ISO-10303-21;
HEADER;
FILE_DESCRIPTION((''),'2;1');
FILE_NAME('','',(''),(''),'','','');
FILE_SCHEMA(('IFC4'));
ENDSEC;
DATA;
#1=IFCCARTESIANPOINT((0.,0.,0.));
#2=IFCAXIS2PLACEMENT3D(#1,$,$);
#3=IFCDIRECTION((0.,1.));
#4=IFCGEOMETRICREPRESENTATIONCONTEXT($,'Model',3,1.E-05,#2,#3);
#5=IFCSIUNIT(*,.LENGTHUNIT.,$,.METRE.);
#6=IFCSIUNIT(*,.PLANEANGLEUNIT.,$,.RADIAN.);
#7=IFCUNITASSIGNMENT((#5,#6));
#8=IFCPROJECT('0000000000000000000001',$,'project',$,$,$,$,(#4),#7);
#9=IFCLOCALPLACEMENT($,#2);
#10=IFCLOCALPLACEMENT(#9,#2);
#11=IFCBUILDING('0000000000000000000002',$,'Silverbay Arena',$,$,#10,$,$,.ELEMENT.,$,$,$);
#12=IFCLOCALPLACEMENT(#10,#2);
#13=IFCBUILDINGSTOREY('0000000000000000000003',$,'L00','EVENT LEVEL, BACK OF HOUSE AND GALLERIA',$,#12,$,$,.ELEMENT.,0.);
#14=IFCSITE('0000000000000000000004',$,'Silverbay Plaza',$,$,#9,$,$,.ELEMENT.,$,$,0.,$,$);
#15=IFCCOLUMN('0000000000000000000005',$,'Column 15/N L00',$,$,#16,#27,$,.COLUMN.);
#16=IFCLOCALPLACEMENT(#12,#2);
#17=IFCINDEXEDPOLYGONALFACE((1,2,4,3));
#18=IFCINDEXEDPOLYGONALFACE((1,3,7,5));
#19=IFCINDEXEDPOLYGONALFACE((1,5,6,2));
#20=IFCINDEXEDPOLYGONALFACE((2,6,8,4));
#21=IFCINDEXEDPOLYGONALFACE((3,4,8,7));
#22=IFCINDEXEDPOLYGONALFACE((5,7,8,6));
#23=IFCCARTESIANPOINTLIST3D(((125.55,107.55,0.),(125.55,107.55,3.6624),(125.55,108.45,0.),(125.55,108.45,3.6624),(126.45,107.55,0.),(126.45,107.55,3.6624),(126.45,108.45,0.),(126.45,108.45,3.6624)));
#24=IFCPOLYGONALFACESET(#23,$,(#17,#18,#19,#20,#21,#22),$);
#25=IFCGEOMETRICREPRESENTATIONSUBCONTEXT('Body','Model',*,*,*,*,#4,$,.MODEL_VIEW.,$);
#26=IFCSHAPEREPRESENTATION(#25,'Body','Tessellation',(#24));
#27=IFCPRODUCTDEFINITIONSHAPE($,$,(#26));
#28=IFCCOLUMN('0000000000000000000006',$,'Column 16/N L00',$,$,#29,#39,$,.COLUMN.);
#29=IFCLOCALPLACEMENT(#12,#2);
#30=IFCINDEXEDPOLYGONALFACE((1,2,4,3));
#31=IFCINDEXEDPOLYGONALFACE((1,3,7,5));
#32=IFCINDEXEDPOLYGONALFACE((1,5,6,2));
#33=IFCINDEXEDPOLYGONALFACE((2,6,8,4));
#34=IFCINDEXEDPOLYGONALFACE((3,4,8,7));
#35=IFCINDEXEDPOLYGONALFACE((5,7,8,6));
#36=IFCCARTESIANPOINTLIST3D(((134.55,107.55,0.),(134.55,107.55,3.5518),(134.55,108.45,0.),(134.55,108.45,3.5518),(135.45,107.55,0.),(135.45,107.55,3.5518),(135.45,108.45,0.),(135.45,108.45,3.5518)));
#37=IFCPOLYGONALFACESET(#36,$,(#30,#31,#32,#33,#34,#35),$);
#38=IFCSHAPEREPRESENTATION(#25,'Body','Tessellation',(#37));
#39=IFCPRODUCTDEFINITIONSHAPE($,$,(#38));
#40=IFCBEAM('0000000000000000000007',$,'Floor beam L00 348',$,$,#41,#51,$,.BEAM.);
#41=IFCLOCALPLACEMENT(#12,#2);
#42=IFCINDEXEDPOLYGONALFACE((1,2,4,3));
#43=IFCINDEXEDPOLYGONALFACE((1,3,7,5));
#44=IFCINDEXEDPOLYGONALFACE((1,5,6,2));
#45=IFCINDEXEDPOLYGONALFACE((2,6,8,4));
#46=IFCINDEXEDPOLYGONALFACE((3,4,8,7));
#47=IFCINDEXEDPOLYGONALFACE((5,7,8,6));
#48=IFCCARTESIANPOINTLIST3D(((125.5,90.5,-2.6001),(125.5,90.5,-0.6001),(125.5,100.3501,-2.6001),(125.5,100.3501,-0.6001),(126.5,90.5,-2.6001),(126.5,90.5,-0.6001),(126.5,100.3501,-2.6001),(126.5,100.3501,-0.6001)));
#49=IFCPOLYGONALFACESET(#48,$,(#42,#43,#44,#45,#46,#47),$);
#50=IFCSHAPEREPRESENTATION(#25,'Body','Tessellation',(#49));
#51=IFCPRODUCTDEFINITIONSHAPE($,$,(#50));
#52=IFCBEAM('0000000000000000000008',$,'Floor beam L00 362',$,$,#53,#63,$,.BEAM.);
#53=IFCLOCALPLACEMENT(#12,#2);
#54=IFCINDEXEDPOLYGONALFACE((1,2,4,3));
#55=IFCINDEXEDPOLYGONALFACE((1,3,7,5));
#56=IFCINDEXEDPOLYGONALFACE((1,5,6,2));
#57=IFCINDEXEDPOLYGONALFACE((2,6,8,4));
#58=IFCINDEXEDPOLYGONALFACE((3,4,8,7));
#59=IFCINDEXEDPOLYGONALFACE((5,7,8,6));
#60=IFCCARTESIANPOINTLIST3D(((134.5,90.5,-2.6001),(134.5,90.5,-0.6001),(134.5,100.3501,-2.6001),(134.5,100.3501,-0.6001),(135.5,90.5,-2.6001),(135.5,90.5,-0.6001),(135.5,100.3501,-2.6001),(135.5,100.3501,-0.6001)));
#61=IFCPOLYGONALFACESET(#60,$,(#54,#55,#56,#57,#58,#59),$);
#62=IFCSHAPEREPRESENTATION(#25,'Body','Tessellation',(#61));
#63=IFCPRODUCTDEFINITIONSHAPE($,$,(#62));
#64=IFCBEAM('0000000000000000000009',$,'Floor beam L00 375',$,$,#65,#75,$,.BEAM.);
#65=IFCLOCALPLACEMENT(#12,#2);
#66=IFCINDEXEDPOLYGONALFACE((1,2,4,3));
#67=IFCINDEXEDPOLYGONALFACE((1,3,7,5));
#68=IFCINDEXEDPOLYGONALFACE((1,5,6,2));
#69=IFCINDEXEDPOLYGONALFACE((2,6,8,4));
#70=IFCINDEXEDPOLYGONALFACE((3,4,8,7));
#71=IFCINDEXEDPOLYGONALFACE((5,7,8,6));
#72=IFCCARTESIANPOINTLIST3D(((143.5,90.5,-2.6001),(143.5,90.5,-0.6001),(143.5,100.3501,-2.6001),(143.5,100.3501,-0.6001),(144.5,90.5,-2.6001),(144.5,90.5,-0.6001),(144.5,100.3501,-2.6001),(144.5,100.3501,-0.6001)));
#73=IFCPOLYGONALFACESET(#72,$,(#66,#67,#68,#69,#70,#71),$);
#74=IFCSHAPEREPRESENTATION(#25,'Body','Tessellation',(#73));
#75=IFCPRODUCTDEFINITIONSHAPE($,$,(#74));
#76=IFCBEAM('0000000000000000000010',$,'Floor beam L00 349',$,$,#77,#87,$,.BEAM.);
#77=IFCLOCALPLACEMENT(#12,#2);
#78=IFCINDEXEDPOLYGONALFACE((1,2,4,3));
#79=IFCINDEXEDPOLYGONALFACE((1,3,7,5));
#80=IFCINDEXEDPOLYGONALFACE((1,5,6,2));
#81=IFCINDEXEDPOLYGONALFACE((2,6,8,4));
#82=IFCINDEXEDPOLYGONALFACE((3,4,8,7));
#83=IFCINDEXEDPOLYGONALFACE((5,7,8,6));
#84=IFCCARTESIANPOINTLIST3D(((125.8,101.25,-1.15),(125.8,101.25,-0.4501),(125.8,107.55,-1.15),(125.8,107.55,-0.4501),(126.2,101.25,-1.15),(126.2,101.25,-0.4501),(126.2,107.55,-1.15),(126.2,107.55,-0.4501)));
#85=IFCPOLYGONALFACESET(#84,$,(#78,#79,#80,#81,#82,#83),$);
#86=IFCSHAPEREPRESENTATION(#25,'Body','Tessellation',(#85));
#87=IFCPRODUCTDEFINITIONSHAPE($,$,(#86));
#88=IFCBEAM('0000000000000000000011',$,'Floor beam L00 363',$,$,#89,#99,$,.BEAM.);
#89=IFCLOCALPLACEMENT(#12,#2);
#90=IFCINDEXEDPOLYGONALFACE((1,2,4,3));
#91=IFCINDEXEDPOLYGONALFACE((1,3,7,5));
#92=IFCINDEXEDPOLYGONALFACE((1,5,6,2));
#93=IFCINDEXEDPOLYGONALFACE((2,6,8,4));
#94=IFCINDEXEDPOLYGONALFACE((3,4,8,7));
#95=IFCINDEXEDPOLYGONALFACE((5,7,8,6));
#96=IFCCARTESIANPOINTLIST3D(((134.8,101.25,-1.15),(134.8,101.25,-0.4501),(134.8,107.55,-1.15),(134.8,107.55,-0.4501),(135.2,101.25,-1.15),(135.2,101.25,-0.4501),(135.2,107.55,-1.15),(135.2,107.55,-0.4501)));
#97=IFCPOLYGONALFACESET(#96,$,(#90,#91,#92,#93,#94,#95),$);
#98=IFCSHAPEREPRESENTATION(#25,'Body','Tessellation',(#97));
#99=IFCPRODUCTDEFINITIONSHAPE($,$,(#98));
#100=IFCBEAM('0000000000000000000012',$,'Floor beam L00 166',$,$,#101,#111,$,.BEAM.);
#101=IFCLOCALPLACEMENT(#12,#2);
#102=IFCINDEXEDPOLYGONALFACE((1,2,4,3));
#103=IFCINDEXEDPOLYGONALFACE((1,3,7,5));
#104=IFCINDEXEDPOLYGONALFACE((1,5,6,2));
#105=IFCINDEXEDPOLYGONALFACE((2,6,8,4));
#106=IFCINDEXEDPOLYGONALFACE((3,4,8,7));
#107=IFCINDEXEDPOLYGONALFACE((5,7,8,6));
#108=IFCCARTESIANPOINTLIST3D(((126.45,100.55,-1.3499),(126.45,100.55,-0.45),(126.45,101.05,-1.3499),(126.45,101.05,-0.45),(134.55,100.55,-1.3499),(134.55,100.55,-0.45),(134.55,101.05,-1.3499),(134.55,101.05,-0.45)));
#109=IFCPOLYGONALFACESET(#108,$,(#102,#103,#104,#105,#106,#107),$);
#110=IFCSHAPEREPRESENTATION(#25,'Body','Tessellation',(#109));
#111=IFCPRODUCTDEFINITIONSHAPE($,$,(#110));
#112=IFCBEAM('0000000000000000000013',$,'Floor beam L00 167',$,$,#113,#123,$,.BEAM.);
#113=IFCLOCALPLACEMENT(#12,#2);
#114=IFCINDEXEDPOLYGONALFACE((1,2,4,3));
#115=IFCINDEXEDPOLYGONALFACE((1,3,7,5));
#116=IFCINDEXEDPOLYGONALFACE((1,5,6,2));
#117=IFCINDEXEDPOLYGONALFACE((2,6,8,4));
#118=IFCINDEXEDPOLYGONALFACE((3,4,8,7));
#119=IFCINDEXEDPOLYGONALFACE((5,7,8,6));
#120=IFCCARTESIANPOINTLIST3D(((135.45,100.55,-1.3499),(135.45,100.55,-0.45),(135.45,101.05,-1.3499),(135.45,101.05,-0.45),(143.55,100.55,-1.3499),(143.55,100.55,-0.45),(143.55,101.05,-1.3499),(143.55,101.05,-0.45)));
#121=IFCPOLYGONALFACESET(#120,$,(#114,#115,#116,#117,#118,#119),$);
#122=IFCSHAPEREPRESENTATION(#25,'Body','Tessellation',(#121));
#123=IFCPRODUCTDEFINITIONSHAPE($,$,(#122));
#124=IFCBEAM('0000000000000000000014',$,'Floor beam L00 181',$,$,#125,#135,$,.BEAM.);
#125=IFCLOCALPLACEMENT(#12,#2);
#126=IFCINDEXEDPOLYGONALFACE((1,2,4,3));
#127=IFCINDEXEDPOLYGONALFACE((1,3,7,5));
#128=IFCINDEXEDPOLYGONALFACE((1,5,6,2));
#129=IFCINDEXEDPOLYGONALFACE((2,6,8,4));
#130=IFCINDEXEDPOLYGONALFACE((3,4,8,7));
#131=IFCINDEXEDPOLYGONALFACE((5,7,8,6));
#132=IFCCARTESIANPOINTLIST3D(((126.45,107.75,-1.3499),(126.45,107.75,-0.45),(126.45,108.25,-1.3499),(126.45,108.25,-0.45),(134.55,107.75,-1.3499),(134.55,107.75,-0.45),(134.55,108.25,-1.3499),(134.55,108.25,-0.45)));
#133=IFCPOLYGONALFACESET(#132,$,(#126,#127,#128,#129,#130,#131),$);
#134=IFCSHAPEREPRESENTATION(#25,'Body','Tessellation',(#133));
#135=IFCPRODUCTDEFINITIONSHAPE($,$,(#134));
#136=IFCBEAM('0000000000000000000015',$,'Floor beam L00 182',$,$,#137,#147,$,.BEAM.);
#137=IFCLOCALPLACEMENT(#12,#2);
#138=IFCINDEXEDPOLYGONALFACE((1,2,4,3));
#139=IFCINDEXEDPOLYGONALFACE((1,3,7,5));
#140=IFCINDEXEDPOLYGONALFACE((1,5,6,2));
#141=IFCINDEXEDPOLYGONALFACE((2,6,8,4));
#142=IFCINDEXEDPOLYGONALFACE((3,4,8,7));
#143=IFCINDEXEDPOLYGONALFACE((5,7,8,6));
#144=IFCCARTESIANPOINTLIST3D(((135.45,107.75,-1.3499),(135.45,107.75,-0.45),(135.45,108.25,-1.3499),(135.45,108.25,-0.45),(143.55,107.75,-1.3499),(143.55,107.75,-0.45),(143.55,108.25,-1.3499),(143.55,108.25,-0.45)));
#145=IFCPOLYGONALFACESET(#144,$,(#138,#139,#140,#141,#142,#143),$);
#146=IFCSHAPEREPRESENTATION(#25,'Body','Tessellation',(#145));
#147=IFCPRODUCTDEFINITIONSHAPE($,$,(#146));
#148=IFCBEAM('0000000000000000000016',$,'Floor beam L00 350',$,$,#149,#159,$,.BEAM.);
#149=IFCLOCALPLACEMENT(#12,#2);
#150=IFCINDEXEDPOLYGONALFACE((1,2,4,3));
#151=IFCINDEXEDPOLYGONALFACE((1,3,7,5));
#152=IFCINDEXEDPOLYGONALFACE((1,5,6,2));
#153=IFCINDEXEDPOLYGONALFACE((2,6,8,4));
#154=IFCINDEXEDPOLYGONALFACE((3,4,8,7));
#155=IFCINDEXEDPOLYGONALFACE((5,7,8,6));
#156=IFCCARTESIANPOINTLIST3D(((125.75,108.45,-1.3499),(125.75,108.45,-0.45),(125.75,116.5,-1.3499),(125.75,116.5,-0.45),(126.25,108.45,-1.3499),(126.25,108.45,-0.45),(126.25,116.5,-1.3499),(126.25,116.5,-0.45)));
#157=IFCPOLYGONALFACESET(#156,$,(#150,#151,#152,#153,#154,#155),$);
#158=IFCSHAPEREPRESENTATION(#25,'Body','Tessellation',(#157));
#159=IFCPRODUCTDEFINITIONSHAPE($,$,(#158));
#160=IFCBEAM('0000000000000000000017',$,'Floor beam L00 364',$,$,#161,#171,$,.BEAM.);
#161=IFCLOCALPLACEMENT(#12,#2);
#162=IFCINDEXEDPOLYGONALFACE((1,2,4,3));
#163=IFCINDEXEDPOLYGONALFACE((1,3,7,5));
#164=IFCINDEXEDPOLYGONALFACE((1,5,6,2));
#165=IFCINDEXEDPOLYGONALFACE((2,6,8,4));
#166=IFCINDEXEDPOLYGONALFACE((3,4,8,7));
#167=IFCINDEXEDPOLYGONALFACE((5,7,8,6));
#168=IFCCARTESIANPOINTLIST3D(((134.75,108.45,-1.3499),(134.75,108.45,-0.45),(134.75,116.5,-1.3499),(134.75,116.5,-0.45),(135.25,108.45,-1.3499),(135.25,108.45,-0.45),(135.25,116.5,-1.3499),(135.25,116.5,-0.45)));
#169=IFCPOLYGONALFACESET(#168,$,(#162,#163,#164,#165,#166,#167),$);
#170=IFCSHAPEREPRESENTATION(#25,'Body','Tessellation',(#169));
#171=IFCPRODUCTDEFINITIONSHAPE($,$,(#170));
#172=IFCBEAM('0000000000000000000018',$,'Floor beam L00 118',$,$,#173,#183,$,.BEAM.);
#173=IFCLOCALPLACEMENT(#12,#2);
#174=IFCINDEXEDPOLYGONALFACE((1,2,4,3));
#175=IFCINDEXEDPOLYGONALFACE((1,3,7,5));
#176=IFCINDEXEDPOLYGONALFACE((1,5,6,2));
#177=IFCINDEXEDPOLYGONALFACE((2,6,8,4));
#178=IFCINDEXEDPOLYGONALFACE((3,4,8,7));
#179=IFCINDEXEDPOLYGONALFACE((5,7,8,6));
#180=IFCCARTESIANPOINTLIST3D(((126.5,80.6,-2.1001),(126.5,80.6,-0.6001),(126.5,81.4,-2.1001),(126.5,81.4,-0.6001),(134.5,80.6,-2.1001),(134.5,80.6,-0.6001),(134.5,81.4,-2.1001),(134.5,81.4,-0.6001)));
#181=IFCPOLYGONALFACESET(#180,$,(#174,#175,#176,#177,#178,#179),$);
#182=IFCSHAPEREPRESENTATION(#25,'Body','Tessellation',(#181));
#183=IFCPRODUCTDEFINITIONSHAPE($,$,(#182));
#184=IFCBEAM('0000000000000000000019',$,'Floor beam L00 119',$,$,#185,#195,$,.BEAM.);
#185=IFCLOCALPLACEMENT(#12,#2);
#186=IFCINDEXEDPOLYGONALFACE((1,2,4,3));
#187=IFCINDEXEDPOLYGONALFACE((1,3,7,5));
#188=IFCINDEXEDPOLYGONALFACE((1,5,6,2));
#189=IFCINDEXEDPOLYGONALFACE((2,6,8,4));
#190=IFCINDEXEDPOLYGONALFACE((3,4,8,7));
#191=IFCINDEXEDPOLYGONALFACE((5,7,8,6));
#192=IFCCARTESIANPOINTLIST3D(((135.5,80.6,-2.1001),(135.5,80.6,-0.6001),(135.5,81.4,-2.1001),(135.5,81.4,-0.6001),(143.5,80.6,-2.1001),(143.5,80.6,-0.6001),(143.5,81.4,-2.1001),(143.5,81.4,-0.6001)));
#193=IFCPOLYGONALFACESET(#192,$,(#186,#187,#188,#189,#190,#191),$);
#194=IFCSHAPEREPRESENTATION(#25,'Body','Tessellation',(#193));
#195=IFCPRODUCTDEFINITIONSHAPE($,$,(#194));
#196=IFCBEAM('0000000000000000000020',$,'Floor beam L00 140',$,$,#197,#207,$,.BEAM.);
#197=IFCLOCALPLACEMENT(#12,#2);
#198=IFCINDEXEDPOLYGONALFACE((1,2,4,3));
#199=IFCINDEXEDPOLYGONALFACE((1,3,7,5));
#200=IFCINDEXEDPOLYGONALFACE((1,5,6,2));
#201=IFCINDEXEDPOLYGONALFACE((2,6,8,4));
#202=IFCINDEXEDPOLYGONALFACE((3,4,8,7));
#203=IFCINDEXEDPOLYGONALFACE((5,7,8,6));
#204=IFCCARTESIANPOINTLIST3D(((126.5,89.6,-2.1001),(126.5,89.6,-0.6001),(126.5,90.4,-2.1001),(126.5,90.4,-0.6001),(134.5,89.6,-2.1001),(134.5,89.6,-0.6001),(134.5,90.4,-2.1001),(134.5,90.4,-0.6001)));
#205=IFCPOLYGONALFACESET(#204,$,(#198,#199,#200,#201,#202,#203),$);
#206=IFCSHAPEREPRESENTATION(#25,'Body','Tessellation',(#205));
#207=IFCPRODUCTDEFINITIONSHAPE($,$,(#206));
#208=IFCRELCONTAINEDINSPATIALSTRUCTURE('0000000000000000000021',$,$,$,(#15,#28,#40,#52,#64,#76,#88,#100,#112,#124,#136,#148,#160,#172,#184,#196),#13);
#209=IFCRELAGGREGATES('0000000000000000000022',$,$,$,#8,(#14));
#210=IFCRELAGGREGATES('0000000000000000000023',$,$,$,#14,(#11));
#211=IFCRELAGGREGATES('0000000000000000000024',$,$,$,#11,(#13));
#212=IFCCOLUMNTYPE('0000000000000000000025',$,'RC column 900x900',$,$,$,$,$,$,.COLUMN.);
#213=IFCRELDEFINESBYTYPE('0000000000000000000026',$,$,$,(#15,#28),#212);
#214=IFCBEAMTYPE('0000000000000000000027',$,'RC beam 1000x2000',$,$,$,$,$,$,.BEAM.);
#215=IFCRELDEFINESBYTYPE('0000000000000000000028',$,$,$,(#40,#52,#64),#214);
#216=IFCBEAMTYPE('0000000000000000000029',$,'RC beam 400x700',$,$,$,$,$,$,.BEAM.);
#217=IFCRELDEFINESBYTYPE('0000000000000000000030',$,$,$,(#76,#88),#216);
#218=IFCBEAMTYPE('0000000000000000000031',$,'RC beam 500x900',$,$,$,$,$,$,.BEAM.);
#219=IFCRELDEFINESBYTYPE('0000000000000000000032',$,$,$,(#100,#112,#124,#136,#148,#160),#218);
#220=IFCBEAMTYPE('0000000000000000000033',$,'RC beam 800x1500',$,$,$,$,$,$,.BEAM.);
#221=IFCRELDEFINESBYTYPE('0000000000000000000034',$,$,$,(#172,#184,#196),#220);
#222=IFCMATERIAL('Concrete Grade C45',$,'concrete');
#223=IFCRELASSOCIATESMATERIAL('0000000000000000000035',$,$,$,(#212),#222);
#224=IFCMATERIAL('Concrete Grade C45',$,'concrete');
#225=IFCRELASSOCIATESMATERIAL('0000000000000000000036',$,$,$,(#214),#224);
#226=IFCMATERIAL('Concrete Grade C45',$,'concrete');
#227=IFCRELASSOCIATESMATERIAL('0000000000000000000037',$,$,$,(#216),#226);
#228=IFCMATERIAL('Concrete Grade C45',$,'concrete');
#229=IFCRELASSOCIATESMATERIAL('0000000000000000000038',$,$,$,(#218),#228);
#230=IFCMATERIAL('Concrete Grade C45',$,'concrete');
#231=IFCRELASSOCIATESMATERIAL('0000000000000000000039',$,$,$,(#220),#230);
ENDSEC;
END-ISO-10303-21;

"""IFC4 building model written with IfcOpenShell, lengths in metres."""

from ifc_helpers import new_model, si_unit, direction, frame, origin, origin_2d, place, context, subcontext, project, spatial, rectangle, extrude, material, material_profile, profile_set, type_object, element, save


model = new_model("IFC4")

# Units and contexts
model_context = context("Model", 3, precision=1e-05, world=origin(), true_north=direction((0.0, 1.0)))
body_context = subcontext(model_context, "Body", "Model", "MODEL_VIEW")
ifc_project = project(units=[si_unit("LENGTHUNIT", "METRE"), si_unit("PLANEANGLEUNIT", "RADIAN")], contexts=[model_context])

# Site, building, storey
site_placement = place(None, origin())
site = spatial("IfcSite", under=ifc_project, at=site_placement, Name="Silverbay Plaza", CompositionType="ELEMENT", RefElevation=0.0)
building_placement = place(site_placement, origin())
building = spatial("IfcBuilding", under=site, at=building_placement, Name="Silverbay Arena", CompositionType="ELEMENT")
storey_placement = place(building_placement, origin())
storey = spatial("IfcBuildingStorey", under=building, at=storey_placement, Name="L00", Description="EVENT LEVEL, BACK OF HOUSE AND GALLERIA", CompositionType="ELEMENT", Elevation=0.0)

# Columns
ifc_material_1 = material(Name="Concrete Grade C45", Category="concrete")
ifc_material_profile_1 = material_profile(ifc_material_1, rectangle(XDim=0.8999, YDim=0.8999, at=origin_2d()), Name="RC 900x900")
ifc_profile_set_1 = profile_set([ifc_material_profile_1], Name="Concrete Grade C45")
column_type = type_object("IfcColumnType", Name="RC column 900x900", PredefinedType="COLUMN", material=ifc_profile_set_1)
column_1_placement = place(storey_placement, frame((126.0, 108.0, 0.0), z_axis=(0.0, 0.0, 1.0), x_axis=(1.0, 0.0, 0.0)))
element("IfcColumn", 1, at=column_1_placement, inside=storey, type_object=column_type, Name="Column 15/N L00", PredefinedType="COLUMN", context=body_context, shape_type="SweptSolid", body=[
    extrude(rectangle(XDim=0.8999, YDim=0.8999, at=origin_2d()), origin(), (0.0, 0.0, 1.0), 3.6624),
])
column_2_placement = place(storey_placement, frame((135.0, 108.0, 0.0), z_axis=(0.0, 0.0, 1.0), x_axis=(1.0, 0.0, 0.0)))
element("IfcColumn", 2, at=column_2_placement, inside=storey, type_object=column_type, Name="Column 16/N L00", PredefinedType="COLUMN", context=body_context, shape_type="SweptSolid", body=[
    extrude(rectangle(XDim=0.8999, YDim=0.8999, at=origin_2d()), origin(), (0.0, 0.0, 1.0), 3.5518),
])

# Beams
ifc_material_2 = material(Name="Concrete Grade C45", Category="concrete")
ifc_material_profile_2 = material_profile(ifc_material_2, rectangle(XDim=1.0, YDim=2.0, at=origin_2d()), Name="RC 1000x2000")
ifc_profile_set_2 = profile_set([ifc_material_profile_2], Name="Concrete Grade C45")
beam_type_1 = type_object("IfcBeamType", Name="RC beam 1000x2000", PredefinedType="BEAM", material=ifc_profile_set_2)
for number, where, z_axis, x_axis, name in (
    (3, (126.0, 90.5, -1.6001), (0.0, 1.0, 0.0), (-1.0, 0.0, 0.0), "Floor beam L00 348"),
    (4, (135.0, 90.5, -1.6001), (0.0, 1.0, 0.0), (-1.0, 0.0, 0.0), "Floor beam L00 362"),
    (5, (144.0, 90.5, -1.6001), (0.0, 1.0, 0.0), (-1.0, 0.0, 0.0), "Floor beam L00 375"),
):
    element("IfcBeam", number, at=place(storey_placement, frame(where, z_axis=z_axis, x_axis=x_axis)), inside=storey, type_object=beam_type_1, Name=name, PredefinedType="BEAM", context=body_context, shape_type="SweptSolid", body=[
        extrude(rectangle(XDim=1.0, YDim=2.0, at=origin_2d()), origin(), (0.0, 0.0, 1.0), 9.8501),
    ])
ifc_material_3 = material(Name="Concrete Grade C45", Category="concrete")
ifc_material_profile_3 = material_profile(ifc_material_3, rectangle(XDim=0.3999, YDim=0.7, at=origin_2d()), Name="RC 400x700")
ifc_profile_set_3 = profile_set([ifc_material_profile_3], Name="Concrete Grade C45")
beam_type_2 = type_object("IfcBeamType", Name="RC beam 400x700", PredefinedType="BEAM", material=ifc_profile_set_3)
for number, where, z_axis, x_axis, name in (
    (6, (126.0, 101.25, -0.8), (0.0, 1.0, 0.0), (-1.0, 0.0, 0.0), "Floor beam L00 349"),
    (7, (135.0, 101.25, -0.8), (0.0, 1.0, 0.0), (-1.0, 0.0, 0.0), "Floor beam L00 363"),
):
    element("IfcBeam", number, at=place(storey_placement, frame(where, z_axis=z_axis, x_axis=x_axis)), inside=storey, type_object=beam_type_2, Name=name, PredefinedType="BEAM", context=body_context, shape_type="SweptSolid", body=[
        extrude(rectangle(XDim=0.3999, YDim=0.7, at=origin_2d()), origin(), (0.0, 0.0, 1.0), 6.3),
    ])
ifc_material_4 = material(Name="Concrete Grade C45", Category="concrete")
ifc_material_profile_4 = material_profile(ifc_material_4, rectangle(XDim=0.5, YDim=0.8999, at=origin_2d()), Name="RC 500x900")
ifc_profile_set_4 = profile_set([ifc_material_profile_4], Name="Concrete Grade C45")
beam_type_3 = type_object("IfcBeamType", Name="RC beam 500x900", PredefinedType="BEAM", material=ifc_profile_set_4)
for number, where, z_axis, x_axis, name in (
    (8, (126.45, 100.8, -0.8999), (1.0, 0.0, 0.0), (0.0, 1.0, 0.0), "Floor beam L00 166"),
    (9, (135.45, 100.8, -0.8999), (1.0, 0.0, 0.0), (0.0, 1.0, 0.0), "Floor beam L00 167"),
    (10, (126.45, 108.0, -0.8999), (1.0, 0.0, 0.0), (0.0, 1.0, 0.0), "Floor beam L00 181"),
    (11, (135.45, 108.0, -0.8999), (1.0, 0.0, 0.0), (0.0, 1.0, 0.0), "Floor beam L00 182"),
):
    element("IfcBeam", number, at=place(storey_placement, frame(where, z_axis=z_axis, x_axis=x_axis)), inside=storey, type_object=beam_type_3, Name=name, PredefinedType="BEAM", context=body_context, shape_type="SweptSolid", body=[
        extrude(rectangle(XDim=0.5, YDim=0.8999, at=origin_2d()), origin(), (0.0, 0.0, 1.0), 8.1001),
    ])
for number, where, z_axis, x_axis, name in (
    (12, (126.0, 108.45, -0.8999), (0.0, 1.0, 0.0), (-1.0, 0.0, 0.0), "Floor beam L00 350"),
    (13, (135.0, 108.45, -0.8999), (0.0, 1.0, 0.0), (-1.0, 0.0, 0.0), "Floor beam L00 364"),
):
    element("IfcBeam", number, at=place(storey_placement, frame(where, z_axis=z_axis, x_axis=x_axis)), inside=storey, type_object=beam_type_3, Name=name, PredefinedType="BEAM", context=body_context, shape_type="SweptSolid", body=[
        extrude(rectangle(XDim=0.5, YDim=0.8999, at=origin_2d()), origin(), (0.0, 0.0, 1.0), 8.05),
    ])
ifc_material_5 = material(Name="Concrete Grade C45", Category="concrete")
ifc_material_profile_5 = material_profile(ifc_material_5, rectangle(XDim=0.8, YDim=1.5, at=origin_2d()), Name="RC 800x1500")
ifc_profile_set_5 = profile_set([ifc_material_profile_5], Name="Concrete Grade C45")
beam_type_4 = type_object("IfcBeamType", Name="RC beam 800x1500", PredefinedType="BEAM", material=ifc_profile_set_5)
for number, where, z_axis, x_axis, name in (
    (14, (126.5, 81.0, -1.3501), (1.0, 0.0, 0.0), (0.0, 1.0, 0.0), "Floor beam L00 118"),
    (15, (135.5, 81.0, -1.3501), (1.0, 0.0, 0.0), (0.0, 1.0, 0.0), "Floor beam L00 119"),
    (16, (126.5, 90.0, -1.3501), (1.0, 0.0, 0.0), (0.0, 1.0, 0.0), "Floor beam L00 140"),
):
    element("IfcBeam", number, at=place(storey_placement, frame(where, z_axis=z_axis, x_axis=x_axis)), inside=storey, type_object=beam_type_4, Name=name, PredefinedType="BEAM", context=body_context, shape_type="SweptSolid", body=[
        extrude(rectangle(XDim=0.8, YDim=1.5, at=origin_2d()), origin(), (0.0, 0.0, 1.0), 8.0),
    ])

save(model, "model.ifc")
